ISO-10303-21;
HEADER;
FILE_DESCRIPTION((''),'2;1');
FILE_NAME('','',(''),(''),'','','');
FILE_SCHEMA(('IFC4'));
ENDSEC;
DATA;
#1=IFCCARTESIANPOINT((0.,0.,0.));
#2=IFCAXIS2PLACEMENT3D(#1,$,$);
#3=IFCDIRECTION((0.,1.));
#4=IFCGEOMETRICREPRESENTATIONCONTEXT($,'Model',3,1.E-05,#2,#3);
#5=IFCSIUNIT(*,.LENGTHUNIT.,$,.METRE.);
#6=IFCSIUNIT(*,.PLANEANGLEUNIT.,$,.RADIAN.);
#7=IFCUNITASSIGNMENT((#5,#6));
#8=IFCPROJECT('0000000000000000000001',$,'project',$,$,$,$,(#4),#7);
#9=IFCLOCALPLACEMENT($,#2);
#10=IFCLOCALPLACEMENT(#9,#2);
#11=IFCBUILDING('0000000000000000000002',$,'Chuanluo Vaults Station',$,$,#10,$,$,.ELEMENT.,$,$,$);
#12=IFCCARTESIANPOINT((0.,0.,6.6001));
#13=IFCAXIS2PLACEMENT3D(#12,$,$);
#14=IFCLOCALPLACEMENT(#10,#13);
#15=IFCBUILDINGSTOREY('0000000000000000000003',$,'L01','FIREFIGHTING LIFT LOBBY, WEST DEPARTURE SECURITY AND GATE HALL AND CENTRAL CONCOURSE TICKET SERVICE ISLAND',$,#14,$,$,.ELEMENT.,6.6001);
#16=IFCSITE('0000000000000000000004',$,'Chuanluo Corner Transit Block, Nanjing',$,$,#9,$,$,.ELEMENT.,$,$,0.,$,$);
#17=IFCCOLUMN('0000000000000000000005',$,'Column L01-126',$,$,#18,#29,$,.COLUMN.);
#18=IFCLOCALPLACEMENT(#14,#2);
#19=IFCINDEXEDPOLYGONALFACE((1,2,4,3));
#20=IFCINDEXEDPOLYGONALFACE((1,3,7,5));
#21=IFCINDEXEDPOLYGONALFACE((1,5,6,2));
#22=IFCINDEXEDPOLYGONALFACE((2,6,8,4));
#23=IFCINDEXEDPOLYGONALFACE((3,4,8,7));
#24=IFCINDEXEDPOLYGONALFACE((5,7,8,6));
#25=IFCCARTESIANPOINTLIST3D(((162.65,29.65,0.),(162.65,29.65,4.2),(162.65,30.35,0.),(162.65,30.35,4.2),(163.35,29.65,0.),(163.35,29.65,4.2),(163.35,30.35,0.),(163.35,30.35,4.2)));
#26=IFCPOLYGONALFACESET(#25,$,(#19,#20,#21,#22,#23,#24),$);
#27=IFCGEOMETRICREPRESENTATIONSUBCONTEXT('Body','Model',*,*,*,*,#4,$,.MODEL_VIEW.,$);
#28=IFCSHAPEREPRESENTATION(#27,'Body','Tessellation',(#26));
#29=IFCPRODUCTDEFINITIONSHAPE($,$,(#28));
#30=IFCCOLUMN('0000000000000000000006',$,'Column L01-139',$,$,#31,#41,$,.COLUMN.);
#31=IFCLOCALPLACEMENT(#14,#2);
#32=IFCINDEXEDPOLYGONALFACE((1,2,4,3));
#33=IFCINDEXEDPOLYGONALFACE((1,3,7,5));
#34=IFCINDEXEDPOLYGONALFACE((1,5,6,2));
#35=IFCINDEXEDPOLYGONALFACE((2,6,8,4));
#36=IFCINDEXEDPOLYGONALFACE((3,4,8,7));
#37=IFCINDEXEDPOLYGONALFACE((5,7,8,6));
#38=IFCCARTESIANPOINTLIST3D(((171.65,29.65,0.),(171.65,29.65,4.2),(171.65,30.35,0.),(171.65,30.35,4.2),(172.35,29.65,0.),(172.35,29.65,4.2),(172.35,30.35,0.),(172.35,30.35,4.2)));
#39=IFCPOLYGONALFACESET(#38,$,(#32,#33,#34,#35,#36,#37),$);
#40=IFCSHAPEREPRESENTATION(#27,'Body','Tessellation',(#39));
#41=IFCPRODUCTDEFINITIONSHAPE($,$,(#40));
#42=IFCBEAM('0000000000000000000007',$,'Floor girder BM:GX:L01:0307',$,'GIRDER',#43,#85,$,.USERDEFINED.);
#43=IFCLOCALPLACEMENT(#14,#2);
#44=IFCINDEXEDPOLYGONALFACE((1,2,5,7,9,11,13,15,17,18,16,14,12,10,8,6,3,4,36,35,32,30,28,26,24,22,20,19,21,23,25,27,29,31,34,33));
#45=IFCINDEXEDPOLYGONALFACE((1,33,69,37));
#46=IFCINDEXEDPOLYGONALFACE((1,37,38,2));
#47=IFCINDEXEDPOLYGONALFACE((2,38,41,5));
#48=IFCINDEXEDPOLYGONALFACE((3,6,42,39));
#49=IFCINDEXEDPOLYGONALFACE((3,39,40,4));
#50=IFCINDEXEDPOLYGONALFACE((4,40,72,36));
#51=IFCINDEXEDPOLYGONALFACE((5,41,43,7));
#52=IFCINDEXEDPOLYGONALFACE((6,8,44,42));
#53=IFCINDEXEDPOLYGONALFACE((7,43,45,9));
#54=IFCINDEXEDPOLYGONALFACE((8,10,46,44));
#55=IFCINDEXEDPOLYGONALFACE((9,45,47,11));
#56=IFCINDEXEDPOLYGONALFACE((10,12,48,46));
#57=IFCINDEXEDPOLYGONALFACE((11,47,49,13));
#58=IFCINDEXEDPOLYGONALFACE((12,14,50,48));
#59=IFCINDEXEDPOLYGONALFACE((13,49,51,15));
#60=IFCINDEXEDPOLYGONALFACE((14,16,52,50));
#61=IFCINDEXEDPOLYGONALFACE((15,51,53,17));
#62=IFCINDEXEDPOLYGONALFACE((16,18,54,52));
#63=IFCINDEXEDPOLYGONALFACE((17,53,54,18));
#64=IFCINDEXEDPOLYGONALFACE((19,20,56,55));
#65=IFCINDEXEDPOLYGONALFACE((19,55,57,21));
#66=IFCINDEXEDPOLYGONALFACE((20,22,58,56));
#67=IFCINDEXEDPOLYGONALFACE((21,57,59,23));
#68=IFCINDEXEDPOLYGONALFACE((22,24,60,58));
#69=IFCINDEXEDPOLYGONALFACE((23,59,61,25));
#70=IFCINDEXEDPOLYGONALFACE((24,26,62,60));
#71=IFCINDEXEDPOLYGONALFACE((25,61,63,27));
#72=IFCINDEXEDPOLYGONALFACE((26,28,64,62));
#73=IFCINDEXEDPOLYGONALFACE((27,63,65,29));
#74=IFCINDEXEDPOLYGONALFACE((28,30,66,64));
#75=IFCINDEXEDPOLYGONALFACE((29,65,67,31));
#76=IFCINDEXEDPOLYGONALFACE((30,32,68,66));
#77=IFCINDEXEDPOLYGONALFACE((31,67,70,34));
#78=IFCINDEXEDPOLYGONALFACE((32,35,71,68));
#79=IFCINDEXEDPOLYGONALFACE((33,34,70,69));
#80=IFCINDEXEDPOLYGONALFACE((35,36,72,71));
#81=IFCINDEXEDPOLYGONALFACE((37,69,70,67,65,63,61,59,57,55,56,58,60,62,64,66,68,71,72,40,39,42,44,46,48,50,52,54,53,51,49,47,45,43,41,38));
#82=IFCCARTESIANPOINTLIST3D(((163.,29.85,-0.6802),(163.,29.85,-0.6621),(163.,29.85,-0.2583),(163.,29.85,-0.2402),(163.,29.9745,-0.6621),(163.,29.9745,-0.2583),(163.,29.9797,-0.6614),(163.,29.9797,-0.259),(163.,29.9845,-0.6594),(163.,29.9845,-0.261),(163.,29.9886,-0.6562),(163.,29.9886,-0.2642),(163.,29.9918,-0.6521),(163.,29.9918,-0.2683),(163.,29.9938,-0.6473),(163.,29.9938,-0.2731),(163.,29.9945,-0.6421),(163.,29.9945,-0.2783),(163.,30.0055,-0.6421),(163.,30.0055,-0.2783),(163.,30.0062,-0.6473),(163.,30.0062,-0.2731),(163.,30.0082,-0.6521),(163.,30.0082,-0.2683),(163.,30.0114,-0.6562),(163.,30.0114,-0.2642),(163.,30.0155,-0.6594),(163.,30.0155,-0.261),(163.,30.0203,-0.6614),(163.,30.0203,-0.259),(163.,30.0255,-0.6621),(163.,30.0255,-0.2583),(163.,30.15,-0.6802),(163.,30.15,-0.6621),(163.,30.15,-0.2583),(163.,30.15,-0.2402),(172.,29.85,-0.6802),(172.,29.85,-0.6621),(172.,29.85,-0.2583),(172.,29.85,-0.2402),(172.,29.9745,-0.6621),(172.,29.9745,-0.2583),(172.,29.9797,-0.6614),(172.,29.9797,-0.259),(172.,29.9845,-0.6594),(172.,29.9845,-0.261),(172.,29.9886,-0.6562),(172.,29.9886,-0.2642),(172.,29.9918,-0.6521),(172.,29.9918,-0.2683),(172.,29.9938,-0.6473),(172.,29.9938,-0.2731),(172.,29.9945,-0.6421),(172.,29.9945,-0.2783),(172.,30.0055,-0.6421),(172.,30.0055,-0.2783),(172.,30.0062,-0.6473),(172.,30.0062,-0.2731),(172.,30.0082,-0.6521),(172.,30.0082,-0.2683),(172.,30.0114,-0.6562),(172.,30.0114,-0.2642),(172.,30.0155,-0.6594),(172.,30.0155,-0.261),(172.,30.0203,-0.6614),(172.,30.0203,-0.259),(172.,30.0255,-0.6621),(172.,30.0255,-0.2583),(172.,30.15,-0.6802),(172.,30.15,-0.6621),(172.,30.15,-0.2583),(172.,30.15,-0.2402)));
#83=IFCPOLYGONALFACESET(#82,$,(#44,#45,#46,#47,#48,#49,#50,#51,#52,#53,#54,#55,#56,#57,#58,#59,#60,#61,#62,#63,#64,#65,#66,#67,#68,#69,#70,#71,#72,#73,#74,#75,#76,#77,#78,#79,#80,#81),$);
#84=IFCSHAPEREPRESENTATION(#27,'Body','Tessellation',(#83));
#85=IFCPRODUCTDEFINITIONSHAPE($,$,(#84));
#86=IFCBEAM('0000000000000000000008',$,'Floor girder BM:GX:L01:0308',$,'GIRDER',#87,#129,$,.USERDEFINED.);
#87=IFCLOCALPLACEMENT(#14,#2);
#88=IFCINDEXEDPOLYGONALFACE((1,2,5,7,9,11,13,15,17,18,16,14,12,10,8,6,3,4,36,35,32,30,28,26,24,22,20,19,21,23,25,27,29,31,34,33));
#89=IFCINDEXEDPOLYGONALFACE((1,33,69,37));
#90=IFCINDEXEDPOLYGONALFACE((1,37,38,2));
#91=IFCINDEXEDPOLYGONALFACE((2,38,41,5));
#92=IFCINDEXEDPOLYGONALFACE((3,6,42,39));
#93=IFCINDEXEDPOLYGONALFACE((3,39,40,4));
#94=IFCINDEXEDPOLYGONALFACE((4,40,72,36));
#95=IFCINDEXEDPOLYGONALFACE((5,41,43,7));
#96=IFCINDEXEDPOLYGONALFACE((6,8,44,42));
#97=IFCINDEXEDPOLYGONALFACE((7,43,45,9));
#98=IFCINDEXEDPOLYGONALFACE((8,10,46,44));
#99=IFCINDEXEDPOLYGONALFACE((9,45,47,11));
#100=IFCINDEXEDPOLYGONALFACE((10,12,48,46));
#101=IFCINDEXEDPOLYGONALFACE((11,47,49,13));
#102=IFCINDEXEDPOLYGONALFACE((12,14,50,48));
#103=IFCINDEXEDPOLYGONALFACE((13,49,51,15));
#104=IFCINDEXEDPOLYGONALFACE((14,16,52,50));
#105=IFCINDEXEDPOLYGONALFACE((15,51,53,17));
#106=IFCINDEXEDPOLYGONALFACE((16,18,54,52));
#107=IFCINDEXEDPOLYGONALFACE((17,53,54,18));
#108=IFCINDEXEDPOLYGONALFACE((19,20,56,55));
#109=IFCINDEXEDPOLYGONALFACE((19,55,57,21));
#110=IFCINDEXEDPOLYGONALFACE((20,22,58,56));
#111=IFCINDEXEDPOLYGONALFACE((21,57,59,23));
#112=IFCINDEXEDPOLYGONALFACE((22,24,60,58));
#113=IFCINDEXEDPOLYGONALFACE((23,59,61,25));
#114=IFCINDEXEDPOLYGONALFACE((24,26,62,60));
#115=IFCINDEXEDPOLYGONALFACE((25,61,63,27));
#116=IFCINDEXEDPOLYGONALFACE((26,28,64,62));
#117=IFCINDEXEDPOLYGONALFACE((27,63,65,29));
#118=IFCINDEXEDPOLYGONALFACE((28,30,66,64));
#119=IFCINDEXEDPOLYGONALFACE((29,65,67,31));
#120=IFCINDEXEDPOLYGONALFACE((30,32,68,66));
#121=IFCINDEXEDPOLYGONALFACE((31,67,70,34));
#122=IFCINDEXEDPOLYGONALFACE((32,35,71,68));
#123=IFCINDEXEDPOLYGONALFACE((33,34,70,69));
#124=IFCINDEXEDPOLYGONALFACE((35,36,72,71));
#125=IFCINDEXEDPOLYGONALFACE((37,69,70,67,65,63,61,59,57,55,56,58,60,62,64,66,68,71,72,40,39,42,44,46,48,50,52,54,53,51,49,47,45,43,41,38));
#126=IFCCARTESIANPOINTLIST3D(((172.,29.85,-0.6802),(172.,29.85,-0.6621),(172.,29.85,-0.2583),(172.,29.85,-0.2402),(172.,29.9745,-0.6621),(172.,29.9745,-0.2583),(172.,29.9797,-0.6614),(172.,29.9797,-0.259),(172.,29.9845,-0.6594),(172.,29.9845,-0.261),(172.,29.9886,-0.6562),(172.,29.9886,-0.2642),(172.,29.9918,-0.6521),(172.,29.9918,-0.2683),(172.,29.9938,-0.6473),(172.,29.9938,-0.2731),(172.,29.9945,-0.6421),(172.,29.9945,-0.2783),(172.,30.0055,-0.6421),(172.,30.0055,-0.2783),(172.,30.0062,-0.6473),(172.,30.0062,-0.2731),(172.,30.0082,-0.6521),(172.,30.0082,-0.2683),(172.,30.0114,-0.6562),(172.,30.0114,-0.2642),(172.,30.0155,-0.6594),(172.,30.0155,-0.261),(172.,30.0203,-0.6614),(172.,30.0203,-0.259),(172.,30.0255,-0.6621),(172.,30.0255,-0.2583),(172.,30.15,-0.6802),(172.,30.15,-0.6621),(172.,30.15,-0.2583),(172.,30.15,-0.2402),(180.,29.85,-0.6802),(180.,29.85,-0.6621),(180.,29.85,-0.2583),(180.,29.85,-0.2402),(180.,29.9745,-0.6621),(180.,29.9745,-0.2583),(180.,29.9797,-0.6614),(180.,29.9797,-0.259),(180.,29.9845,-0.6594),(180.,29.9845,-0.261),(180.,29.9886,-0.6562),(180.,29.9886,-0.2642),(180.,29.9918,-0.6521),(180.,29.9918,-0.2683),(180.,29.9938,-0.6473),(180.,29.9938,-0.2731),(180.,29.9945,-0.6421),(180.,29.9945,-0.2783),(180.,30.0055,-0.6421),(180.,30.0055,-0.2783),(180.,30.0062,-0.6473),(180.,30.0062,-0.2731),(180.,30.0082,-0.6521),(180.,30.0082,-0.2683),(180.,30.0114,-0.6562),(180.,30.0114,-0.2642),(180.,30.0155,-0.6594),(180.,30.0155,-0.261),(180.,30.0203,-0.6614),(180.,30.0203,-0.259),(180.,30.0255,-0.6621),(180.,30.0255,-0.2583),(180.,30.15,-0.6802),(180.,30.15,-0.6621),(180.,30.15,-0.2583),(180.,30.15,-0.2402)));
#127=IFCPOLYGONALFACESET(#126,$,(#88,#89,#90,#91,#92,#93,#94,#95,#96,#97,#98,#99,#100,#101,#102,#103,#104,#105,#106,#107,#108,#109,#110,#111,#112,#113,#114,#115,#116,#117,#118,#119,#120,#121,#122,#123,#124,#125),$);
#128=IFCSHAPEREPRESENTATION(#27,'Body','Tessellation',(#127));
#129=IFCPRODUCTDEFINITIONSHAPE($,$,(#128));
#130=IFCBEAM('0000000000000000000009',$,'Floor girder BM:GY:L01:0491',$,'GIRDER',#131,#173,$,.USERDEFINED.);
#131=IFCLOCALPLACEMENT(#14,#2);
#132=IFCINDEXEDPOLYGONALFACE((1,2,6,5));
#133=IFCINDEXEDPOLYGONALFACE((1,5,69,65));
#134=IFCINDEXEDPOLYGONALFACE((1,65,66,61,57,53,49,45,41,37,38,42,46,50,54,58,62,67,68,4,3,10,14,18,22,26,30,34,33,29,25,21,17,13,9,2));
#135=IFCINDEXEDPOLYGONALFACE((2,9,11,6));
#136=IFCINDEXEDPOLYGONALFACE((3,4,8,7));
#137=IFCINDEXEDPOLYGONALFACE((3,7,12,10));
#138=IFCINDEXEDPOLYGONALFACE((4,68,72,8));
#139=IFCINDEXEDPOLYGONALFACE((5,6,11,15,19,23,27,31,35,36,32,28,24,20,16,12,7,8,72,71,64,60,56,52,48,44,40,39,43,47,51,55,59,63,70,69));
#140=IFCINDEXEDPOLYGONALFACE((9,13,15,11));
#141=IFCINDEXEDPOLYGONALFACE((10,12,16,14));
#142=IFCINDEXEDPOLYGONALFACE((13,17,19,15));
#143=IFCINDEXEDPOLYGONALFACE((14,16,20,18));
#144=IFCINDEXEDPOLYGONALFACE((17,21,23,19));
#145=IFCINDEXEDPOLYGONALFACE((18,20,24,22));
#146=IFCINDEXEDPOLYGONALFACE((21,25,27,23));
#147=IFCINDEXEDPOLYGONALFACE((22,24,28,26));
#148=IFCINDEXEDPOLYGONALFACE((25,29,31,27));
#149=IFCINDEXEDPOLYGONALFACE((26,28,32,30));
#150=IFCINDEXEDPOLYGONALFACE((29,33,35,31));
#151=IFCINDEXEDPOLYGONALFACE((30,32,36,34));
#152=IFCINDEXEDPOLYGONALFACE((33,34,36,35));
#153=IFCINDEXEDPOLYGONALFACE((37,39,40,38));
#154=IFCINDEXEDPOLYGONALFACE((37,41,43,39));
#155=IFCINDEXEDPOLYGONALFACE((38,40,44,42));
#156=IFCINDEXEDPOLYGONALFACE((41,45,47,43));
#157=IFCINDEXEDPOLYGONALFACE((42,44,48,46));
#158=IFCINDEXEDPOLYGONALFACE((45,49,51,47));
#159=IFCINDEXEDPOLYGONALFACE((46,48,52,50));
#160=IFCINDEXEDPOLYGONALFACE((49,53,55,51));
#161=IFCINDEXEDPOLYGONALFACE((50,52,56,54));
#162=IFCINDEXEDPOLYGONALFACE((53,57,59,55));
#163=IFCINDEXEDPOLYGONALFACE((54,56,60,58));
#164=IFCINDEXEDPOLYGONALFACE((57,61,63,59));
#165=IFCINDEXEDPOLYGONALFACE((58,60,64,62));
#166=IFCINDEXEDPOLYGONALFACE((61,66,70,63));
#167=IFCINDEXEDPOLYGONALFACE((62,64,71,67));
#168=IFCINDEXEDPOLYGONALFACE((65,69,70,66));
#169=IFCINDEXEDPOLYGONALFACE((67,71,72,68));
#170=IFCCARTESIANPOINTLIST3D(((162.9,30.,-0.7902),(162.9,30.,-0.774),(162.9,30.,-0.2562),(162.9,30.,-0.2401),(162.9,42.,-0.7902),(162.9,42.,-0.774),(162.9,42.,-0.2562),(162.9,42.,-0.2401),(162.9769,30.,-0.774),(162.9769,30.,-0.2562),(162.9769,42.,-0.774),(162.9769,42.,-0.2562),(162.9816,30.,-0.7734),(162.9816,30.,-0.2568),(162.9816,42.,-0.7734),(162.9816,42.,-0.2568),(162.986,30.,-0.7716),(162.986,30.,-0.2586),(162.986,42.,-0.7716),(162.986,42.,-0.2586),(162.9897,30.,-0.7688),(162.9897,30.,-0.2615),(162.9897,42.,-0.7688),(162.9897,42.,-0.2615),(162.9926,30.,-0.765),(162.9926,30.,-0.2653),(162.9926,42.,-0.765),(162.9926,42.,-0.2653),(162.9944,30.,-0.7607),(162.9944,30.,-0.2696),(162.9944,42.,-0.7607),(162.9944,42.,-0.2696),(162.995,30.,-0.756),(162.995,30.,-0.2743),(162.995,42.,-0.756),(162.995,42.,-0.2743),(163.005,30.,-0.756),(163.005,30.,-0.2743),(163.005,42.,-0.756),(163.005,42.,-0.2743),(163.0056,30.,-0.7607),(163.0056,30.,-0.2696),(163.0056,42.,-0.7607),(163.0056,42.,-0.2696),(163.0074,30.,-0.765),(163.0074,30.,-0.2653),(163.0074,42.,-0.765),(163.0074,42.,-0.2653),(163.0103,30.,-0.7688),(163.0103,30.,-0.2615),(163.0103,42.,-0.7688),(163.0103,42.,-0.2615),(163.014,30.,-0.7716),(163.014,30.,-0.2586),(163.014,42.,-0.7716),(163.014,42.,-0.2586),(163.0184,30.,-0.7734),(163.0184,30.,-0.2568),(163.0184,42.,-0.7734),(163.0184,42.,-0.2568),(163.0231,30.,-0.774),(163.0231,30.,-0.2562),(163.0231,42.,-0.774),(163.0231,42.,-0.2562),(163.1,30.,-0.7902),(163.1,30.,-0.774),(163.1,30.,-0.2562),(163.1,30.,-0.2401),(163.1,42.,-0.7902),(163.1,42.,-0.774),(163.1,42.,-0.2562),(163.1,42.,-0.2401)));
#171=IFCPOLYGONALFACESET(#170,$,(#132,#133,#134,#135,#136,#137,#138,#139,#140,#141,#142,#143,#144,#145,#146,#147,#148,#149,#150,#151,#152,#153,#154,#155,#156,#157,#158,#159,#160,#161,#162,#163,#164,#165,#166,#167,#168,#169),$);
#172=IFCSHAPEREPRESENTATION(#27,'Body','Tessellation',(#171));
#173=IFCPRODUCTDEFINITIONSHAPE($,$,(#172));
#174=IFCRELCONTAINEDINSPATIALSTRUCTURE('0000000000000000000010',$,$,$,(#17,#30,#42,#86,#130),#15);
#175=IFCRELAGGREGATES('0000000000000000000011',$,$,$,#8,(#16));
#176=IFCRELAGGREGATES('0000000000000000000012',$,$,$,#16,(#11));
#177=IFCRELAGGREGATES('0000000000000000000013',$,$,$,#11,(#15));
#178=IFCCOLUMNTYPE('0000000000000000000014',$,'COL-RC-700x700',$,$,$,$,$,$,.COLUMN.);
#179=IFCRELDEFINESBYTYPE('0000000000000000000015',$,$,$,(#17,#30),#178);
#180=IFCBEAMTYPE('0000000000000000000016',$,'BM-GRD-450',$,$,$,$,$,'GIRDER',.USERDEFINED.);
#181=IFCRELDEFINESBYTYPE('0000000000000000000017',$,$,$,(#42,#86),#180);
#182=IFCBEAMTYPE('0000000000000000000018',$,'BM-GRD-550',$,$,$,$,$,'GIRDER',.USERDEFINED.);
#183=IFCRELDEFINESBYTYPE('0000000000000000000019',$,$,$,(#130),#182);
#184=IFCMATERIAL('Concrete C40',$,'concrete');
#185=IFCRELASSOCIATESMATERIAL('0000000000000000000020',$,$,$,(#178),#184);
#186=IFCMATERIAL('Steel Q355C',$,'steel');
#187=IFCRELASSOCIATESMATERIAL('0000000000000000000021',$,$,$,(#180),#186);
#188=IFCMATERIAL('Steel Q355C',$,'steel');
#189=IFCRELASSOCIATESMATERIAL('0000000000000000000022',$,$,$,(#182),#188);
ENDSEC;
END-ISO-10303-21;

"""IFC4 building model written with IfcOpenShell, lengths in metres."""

from ifc_helpers import new_model, si_unit, direction, frame, origin, origin_2d, place, context, subcontext, project, spatial, rectangle, i_section, extrude, material, material_profile, profile_set, type_object, element, save


model = new_model("IFC4")

# Units and contexts
model_context = context("Model", 3, precision=1e-05, world=origin(), true_north=direction((0.0, 1.0)))
body_context = subcontext(model_context, "Body", "Model", "MODEL_VIEW")
ifc_project = project(units=[si_unit("LENGTHUNIT", "METRE"), si_unit("PLANEANGLEUNIT", "RADIAN")], contexts=[model_context])

# Site, building, storey
site_placement = place(None, origin())
site = spatial("IfcSite", under=ifc_project, at=site_placement, Name="Chuanluo Corner Transit Block, Nanjing", CompositionType="ELEMENT", RefElevation=0.0)
building_placement = place(site_placement, origin())
building = spatial("IfcBuilding", under=site, at=building_placement, Name="Chuanluo Vaults Station", CompositionType="ELEMENT")
storey_placement = place(building_placement, frame((0.0, 0.0, 6.6001)))
storey = spatial("IfcBuildingStorey", under=building, at=storey_placement, Name="L01", Description="FIREFIGHTING LIFT LOBBY, WEST DEPARTURE SECURITY AND GATE HALL AND CENTRAL CONCOURSE TICKET SERVICE ISLAND", CompositionType="ELEMENT", Elevation=6.6001)

# Columns
ifc_material_1 = material(Name="Concrete C40", Category="concrete")
ifc_material_profile_1 = material_profile(ifc_material_1, rectangle(XDim=0.7, YDim=0.7, at=origin_2d()))
ifc_profile_set_1 = profile_set([ifc_material_profile_1], Name="Concrete C40")
column_type = type_object("IfcColumnType", Name="COL-RC-700x700", PredefinedType="COLUMN", material=ifc_profile_set_1)
for number, where, z_axis, x_axis, name in (
    (1, (163.0, 30.0, 0.0), (0.0, 0.0, 1.0), (1.0, 0.0, 0.0), "Column L01-126"),
    (2, (172.0, 30.0, 0.0), (0.0, 0.0, 1.0), (1.0, 0.0, 0.0), "Column L01-139"),
):
    element("IfcColumn", number, at=place(storey_placement, frame(where, z_axis=z_axis, x_axis=x_axis)), inside=storey, type_object=column_type, Name=name, PredefinedType="COLUMN", context=body_context, shape_type="SweptSolid", body=[
        extrude(rectangle(XDim=0.7, YDim=0.7, at=origin_2d()), origin(), (0.0, 0.0, 1.0), 4.2),
    ])

# Beams
ifc_material_2 = material(Name="Steel Q355C", Category="steel")
ifc_material_profile_2 = material_profile(ifc_material_2, i_section(OverallWidth=0.3, OverallDepth=0.4399, WebThickness=0.011, FlangeThickness=0.0181, FilletRadius=0.02, at=origin_2d()))
ifc_profile_set_2 = profile_set([ifc_material_profile_2], Name="Steel Q355C")
beam_type_1 = type_object("IfcBeamType", Name="BM-GRD-450", ElementType="GIRDER", PredefinedType="USERDEFINED", material=ifc_profile_set_2)
beam_1_placement = place(storey_placement, frame((163.0, 30.0, -0.4602), z_axis=(1.0, 0.0, 0.0), x_axis=(0.0, 1.0, 0.0)))
element("IfcBeam", 3, at=beam_1_placement, inside=storey, type_object=beam_type_1, Name="Floor girder BM:GX:L01:0307", ObjectType="GIRDER", PredefinedType="USERDEFINED", context=body_context, shape_type="SweptSolid", body=[
    extrude(i_section(OverallWidth=0.3, OverallDepth=0.4399, WebThickness=0.011, FlangeThickness=0.0181, FilletRadius=0.02, at=origin_2d()), origin(), (0.0, 0.0, 1.0), 9.0),
])
beam_2_placement = place(storey_placement, frame((172.0, 30.0, -0.4602), z_axis=(1.0, 0.0, 0.0), x_axis=(0.0, 1.0, 0.0)))
element("IfcBeam", 4, at=beam_2_placement, inside=storey, type_object=beam_type_1, Name="Floor girder BM:GX:L01:0308", ObjectType="GIRDER", PredefinedType="USERDEFINED", context=body_context, shape_type="SweptSolid", body=[
    extrude(i_section(OverallWidth=0.3, OverallDepth=0.4399, WebThickness=0.011, FlangeThickness=0.0181, FilletRadius=0.02, at=origin_2d()), origin(), (0.0, 0.0, 1.0), 8.0),
])
ifc_material_3 = material(Name="Steel Q355C", Category="steel")
ifc_material_profile_3 = material_profile(ifc_material_3, i_section(OverallWidth=0.2, OverallDepth=0.55, WebThickness=0.01, FlangeThickness=0.0161, FilletRadius=0.0181, at=origin_2d()))
ifc_profile_set_3 = profile_set([ifc_material_profile_3], Name="Steel Q355C")
beam_type_2 = type_object("IfcBeamType", Name="BM-GRD-550", ElementType="GIRDER", PredefinedType="USERDEFINED", material=ifc_profile_set_3)
for number, where, z_axis, x_axis, name in (
    (5, (163.0, 30.0, -0.5151), (0.0, 1.0, 0.0), (-1.0, 0.0, 0.0), "Floor girder BM:GY:L01:0491"),
):
    element("IfcBeam", number, at=place(storey_placement, frame(where, z_axis=z_axis, x_axis=x_axis)), inside=storey, type_object=beam_type_2, Name=name, ObjectType="GIRDER", PredefinedType="USERDEFINED", context=body_context, shape_type="SweptSolid", body=[
        extrude(i_section(OverallWidth=0.2, OverallDepth=0.55, WebThickness=0.01, FlangeThickness=0.0161, FilletRadius=0.0181, at=origin_2d()), origin(), (0.0, 0.0, 1.0), 12.0),
    ])

save(model, "model.ifc")
